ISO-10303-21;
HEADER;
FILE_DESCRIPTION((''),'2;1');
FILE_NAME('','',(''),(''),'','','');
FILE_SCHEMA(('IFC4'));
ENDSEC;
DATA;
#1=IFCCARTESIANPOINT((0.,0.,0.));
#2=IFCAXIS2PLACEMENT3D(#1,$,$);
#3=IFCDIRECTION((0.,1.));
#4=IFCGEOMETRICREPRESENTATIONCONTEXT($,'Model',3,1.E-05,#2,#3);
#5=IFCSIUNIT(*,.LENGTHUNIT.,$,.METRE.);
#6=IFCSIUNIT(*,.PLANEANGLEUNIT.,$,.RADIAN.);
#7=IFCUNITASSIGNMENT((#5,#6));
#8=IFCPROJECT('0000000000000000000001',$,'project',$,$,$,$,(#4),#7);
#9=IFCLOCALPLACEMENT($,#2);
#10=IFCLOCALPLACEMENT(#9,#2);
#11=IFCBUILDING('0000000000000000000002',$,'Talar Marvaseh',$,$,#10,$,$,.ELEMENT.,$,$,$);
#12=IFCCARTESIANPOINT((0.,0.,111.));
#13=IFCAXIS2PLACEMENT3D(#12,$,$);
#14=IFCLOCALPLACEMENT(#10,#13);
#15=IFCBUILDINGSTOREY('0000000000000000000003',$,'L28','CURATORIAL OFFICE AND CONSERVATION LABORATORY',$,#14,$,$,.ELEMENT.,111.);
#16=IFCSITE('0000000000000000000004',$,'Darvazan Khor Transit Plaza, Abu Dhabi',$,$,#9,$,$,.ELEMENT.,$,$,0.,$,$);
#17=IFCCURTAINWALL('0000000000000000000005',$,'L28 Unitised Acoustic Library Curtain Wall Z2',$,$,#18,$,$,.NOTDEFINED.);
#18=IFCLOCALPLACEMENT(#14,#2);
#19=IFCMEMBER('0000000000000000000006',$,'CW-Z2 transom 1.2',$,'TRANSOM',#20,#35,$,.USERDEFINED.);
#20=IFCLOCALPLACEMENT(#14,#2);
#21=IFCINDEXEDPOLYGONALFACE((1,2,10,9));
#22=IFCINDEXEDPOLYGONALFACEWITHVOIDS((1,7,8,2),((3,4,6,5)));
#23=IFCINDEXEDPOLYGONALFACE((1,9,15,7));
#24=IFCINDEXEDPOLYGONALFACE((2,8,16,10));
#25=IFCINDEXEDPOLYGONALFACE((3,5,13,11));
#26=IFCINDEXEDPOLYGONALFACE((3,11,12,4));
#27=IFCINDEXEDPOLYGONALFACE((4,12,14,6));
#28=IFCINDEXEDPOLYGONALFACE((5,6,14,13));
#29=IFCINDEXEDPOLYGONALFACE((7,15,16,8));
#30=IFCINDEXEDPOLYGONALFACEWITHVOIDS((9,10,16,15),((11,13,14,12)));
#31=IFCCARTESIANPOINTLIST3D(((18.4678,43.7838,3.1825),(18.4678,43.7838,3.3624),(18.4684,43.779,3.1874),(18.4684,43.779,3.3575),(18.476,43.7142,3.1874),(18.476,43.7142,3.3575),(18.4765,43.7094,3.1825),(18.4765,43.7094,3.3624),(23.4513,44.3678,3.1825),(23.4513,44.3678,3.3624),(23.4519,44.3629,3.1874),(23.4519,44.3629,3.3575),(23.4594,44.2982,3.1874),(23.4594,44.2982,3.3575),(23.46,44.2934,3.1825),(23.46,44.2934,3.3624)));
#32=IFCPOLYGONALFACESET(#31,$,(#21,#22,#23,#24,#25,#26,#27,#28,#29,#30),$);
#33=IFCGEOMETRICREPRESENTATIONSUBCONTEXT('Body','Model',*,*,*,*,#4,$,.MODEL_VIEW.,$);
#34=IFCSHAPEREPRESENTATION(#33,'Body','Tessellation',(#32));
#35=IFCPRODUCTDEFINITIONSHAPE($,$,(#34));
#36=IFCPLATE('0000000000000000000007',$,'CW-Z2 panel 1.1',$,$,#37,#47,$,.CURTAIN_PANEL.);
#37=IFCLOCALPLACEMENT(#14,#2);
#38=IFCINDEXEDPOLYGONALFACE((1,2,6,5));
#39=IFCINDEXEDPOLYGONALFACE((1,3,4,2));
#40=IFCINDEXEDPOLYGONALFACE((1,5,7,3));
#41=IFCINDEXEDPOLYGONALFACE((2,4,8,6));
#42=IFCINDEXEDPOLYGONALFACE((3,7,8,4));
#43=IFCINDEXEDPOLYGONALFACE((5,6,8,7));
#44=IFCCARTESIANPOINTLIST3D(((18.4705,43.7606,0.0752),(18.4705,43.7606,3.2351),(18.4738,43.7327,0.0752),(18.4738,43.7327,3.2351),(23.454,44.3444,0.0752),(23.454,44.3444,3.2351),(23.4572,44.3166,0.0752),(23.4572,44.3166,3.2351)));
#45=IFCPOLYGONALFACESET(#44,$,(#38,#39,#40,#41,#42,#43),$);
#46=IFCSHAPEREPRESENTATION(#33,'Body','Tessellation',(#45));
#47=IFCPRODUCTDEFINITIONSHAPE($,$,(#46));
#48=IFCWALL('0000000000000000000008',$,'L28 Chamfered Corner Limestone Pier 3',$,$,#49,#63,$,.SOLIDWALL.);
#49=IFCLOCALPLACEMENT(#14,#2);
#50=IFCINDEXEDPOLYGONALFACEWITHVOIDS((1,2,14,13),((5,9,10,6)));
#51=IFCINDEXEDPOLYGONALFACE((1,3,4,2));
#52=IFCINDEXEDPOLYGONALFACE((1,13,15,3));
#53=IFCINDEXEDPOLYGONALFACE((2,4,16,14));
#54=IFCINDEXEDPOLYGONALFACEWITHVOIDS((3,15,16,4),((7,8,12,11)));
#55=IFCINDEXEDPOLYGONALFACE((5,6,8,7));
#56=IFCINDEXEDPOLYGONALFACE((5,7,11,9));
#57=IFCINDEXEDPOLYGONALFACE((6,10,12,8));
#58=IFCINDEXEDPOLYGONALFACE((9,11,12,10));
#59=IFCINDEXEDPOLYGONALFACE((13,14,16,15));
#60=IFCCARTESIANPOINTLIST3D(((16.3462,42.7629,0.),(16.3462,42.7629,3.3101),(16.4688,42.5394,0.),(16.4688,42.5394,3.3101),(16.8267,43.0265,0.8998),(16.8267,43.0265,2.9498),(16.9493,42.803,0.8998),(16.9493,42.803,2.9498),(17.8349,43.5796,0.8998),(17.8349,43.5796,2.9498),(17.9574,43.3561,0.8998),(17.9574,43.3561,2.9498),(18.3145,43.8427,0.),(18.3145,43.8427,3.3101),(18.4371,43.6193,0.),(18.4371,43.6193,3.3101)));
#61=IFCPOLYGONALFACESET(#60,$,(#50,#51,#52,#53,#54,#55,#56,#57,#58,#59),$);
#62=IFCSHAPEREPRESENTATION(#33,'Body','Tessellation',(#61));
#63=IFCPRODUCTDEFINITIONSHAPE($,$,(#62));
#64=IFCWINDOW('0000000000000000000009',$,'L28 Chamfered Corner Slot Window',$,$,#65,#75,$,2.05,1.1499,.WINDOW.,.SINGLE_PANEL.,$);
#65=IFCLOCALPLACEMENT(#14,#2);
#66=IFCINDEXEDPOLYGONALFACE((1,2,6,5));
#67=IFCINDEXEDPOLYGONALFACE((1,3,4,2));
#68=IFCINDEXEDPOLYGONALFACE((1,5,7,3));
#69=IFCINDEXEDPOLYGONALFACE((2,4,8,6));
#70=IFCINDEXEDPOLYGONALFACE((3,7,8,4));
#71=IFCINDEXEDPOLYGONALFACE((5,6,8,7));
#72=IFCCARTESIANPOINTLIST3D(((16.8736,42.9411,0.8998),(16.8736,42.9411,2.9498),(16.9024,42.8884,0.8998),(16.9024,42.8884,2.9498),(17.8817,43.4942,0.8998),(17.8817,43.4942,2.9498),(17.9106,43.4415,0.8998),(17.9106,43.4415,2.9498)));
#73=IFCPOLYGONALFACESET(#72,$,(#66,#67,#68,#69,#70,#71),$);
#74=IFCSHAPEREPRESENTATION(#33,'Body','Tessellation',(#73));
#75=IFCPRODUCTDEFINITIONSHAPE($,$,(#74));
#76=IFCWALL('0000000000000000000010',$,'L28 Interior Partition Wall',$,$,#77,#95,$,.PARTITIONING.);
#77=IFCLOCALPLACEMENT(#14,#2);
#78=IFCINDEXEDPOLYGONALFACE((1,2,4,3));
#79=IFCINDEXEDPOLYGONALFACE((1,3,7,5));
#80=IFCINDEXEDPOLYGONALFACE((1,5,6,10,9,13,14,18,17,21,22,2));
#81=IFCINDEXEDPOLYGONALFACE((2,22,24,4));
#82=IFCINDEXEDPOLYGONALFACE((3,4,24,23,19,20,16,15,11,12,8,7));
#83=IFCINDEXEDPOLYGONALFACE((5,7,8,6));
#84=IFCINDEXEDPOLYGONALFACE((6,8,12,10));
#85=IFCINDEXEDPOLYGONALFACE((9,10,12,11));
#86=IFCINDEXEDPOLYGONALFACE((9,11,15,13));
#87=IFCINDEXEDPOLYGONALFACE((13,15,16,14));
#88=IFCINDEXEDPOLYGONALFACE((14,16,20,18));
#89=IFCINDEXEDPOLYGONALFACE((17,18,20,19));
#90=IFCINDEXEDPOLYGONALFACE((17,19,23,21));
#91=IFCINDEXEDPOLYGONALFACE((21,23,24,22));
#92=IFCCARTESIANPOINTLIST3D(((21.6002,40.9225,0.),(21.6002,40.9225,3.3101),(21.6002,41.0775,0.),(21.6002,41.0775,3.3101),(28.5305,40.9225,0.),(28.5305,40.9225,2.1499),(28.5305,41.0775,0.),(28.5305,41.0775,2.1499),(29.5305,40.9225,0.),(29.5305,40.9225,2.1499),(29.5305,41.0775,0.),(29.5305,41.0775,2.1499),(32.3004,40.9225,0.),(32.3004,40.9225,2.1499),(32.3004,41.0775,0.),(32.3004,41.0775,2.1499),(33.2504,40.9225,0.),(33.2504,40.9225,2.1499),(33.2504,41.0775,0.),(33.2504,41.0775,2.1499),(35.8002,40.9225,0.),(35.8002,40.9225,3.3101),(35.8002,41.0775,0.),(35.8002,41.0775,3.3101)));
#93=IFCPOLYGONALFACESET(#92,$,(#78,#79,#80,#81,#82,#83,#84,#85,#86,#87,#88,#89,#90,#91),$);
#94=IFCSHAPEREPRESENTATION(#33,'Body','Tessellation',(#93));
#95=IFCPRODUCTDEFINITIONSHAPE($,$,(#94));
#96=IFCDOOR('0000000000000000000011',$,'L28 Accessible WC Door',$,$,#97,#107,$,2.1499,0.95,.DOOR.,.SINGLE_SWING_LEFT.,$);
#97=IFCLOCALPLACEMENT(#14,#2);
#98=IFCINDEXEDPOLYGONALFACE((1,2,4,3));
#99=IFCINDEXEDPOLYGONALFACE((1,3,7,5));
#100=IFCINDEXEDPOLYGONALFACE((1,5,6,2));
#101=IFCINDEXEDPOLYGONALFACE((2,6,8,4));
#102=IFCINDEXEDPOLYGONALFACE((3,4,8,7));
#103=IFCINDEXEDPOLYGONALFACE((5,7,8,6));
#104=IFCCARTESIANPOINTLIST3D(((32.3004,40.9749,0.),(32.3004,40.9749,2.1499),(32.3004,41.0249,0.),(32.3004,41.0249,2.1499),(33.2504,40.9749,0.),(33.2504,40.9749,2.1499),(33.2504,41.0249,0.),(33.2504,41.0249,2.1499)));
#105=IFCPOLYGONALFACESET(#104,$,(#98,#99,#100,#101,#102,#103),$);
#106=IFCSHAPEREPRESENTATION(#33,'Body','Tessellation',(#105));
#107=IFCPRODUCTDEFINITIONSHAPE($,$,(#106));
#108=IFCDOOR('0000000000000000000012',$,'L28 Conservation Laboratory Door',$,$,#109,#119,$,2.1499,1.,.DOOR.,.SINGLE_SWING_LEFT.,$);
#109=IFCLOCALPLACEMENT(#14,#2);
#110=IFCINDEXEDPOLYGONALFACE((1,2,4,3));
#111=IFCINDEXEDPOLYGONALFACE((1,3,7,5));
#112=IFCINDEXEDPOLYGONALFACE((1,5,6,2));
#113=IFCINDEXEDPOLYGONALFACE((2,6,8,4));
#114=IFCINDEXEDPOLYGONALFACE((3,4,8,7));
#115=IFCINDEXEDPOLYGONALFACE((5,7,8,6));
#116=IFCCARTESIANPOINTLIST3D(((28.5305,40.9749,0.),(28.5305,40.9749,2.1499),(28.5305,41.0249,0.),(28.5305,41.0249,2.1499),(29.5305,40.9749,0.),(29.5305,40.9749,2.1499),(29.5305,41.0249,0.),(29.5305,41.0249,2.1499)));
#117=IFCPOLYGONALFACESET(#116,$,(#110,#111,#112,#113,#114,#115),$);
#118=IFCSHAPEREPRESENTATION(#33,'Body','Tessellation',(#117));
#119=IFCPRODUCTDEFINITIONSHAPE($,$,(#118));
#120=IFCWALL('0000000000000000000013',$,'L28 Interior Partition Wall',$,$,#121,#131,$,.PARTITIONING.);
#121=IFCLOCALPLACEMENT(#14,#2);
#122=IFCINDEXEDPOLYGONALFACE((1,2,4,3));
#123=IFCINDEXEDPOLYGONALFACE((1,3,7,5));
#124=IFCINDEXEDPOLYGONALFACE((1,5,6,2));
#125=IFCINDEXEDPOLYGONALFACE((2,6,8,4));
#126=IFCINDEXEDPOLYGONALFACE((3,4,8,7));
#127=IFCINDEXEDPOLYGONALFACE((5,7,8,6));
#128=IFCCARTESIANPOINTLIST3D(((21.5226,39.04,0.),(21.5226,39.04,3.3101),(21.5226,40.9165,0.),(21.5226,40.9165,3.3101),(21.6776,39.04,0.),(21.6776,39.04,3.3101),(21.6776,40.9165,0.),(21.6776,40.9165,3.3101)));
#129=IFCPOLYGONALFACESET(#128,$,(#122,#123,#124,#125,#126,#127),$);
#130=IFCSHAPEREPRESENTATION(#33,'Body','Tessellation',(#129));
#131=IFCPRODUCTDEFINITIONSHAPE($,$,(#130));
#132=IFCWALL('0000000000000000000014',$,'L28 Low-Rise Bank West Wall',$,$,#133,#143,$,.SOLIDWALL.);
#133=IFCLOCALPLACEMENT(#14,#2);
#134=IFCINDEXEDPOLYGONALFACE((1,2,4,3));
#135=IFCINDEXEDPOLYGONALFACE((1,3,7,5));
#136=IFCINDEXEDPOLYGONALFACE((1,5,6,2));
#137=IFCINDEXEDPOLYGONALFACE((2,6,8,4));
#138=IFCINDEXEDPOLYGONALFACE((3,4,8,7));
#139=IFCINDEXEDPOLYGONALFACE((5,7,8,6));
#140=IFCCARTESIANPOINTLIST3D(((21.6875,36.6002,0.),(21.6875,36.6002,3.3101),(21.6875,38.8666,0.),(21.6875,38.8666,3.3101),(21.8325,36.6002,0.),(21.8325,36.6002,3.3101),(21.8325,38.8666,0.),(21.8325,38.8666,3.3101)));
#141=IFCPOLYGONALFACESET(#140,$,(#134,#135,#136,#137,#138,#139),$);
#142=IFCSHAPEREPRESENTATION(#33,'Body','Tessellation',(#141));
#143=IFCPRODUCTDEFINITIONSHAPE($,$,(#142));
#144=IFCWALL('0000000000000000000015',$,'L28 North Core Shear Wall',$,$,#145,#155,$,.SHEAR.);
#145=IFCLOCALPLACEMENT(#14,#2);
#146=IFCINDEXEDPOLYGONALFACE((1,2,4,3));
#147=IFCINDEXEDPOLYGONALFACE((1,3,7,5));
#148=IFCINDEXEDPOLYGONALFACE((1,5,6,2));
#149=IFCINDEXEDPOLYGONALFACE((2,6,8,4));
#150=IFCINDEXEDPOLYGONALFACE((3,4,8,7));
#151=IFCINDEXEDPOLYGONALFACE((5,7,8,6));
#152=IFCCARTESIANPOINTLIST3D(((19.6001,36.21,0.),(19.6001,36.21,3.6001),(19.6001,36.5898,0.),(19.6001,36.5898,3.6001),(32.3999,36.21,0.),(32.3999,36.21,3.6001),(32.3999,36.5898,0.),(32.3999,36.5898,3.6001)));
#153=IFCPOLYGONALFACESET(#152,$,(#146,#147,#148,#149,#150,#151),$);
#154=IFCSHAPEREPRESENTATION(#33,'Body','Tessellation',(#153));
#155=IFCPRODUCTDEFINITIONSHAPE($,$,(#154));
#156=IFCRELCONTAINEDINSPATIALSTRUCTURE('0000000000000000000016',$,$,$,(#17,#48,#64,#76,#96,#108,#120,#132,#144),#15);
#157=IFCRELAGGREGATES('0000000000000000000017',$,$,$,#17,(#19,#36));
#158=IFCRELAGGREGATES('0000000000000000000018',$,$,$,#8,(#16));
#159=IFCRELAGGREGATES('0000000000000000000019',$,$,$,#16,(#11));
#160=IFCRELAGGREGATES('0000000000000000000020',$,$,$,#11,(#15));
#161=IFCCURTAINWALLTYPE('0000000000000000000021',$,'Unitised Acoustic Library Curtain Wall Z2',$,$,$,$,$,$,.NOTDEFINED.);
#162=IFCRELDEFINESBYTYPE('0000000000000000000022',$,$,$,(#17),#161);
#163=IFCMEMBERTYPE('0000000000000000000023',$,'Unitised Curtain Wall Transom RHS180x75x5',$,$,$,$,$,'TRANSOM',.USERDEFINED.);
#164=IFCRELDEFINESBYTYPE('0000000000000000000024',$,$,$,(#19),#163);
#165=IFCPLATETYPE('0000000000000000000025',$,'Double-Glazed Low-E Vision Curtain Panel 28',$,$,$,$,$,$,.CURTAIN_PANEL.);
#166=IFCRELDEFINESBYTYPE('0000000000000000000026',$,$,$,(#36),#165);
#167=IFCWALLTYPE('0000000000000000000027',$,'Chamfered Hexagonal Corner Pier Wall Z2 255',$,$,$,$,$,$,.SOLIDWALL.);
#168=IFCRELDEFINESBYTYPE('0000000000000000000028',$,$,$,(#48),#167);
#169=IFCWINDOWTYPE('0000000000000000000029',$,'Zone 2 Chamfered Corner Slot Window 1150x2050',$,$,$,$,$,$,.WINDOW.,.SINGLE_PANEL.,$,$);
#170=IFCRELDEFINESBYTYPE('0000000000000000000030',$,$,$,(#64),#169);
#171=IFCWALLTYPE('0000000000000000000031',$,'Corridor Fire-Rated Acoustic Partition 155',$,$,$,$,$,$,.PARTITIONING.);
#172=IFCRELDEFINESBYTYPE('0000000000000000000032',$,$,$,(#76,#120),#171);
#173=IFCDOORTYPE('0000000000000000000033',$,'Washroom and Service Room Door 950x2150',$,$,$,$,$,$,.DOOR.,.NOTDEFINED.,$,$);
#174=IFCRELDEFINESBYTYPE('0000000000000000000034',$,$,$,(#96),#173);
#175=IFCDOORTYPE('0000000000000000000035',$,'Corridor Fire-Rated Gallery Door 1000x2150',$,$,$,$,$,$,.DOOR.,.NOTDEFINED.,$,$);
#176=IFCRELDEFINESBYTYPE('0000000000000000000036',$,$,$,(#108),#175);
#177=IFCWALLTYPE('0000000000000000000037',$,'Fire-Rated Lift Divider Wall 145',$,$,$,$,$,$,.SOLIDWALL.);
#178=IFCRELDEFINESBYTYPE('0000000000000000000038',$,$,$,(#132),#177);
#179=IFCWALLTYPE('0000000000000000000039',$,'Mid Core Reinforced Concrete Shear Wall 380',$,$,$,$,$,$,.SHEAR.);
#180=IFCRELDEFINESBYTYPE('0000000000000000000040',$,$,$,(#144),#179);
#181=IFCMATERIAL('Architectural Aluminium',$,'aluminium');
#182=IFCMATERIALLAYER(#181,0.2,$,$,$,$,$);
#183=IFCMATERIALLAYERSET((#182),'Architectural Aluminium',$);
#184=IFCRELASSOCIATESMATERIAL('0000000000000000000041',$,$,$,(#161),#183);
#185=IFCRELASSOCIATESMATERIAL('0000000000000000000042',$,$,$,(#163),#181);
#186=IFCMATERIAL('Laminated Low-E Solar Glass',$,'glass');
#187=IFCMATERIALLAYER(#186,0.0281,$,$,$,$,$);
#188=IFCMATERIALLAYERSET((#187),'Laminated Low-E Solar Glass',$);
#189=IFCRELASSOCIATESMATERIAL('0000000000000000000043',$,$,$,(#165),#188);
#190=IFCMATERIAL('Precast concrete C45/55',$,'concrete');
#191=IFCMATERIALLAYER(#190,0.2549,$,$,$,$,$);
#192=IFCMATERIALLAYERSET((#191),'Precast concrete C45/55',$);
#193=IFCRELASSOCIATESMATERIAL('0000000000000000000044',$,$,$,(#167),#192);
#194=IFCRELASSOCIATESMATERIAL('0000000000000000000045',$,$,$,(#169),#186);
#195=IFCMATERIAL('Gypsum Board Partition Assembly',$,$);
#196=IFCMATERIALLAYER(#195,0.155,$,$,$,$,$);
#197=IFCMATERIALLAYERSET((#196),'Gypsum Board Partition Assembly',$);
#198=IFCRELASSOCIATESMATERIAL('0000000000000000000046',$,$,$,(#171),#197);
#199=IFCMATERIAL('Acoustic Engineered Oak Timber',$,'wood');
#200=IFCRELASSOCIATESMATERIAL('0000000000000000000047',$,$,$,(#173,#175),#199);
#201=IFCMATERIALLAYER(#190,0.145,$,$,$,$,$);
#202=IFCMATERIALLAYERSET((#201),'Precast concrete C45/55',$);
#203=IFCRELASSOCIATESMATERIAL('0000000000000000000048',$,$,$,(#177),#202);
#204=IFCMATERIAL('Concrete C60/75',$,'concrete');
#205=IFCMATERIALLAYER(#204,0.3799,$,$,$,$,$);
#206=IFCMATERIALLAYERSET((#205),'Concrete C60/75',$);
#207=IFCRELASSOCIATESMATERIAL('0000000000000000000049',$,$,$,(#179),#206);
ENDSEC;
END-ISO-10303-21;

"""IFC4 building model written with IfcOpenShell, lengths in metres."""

from ifc_helpers import new_model, si_unit, direction, frame, frame_2d, origin, origin_2d, place, context, subcontext, project, spatial, rectangle, hollow_rectangle, extrude, source, transform, mapped, material, layer, layer_set, material_profile, profile_set, type_object, type_shapes, element, fill, aggregate, save


model = new_model("IFC4")

# Units and contexts
model_context = context("Model", 3, precision=1e-05, world=origin(), true_north=direction((0.0, 1.0)))
body_context = subcontext(model_context, "Body", "Model", "MODEL_VIEW")
ifc_project = project(units=[si_unit("LENGTHUNIT", "METRE"), si_unit("PLANEANGLEUNIT", "RADIAN")], contexts=[model_context])

# Site, building, storey
site_placement = place(None, origin())
site = spatial("IfcSite", under=ifc_project, at=site_placement, Name="Darvazan Khor Transit Plaza, Abu Dhabi", CompositionType="ELEMENT", RefElevation=0.0)
building_placement = place(site_placement, origin())
building = spatial("IfcBuilding", under=site, at=building_placement, Name="Talar Marvaseh", CompositionType="ELEMENT")
storey_placement = place(building_placement, frame((0.0, 0.0, 111.0)))
storey = spatial("IfcBuildingStorey", under=building, at=storey_placement, Name="L28", Description="CURATORIAL OFFICE AND CONSERVATION LABORATORY", CompositionType="ELEMENT", Elevation=111.0)

# Shared definitions
ifc_material_1 = material(Name="Concrete C60/75", Category="concrete")

# Shared definitions
ifc_material_2 = material(Name="Architectural Aluminium", Category="aluminium")
ifc_layer_1 = layer(ifc_material_2, 0.2)
ifc_layer_set_1 = layer_set([ifc_layer_1], Name="Architectural Aluminium")
curtain_wall_type = type_object("IfcCurtainWallType", Name="Unitised Acoustic Library Curtain Wall Z2", PredefinedType="NOTDEFINED", material=ifc_layer_set_1)

# Curtain wall, member, plate
curtain_wall_1_placement = place(storey_placement, origin())
curtain_wall_1 = element("IfcCurtainWall", 1, at=curtain_wall_1_placement, inside=storey, type_object=curtain_wall_type, Name="L28 Unitised Acoustic Library Curtain Wall Z2", PredefinedType="NOTDEFINED")
ifc_material_profile_1 = material_profile(ifc_material_2, hollow_rectangle(XDim=0.075, YDim=0.1799, WallThickness=0.0049, at=origin_2d()), Name="RHS180x75x5")
ifc_profile_set_1 = profile_set([ifc_material_profile_1], Name="Architectural Aluminium")
member_type_1 = type_object("IfcMemberType", Name="Unitised Curtain Wall Transom RHS180x75x5", ElementType="TRANSOM", PredefinedType="USERDEFINED", material=ifc_profile_set_1)
shared_shape_1 = source(origin(), body_context, "Body", "SweptSolid", [
    extrude(hollow_rectangle(XDim=0.075, YDim=0.1799, WallThickness=0.0049, at=origin_2d()), origin(), (0.0, 0.0, 1.0), 5.0176),
])
type_shapes(member_type_1, [shared_shape_1])
member_1_placement = place(storey_placement, frame((18.4722, 43.7466, 3.2725), z_axis=(0.993204, 0.11639, 0.0), x_axis=(-0.11639, 0.993204, 0.0)))
member_1 = element("IfcMember", 2, at=member_1_placement, type_object=member_type_1, Name="CW-Z2 transom 1.2", ObjectType="TRANSOM", PredefinedType="USERDEFINED", context=body_context, shape_type="MappedRepresentation", body=[
    mapped(shared_shape_1, transform((0.0, 0.0, 0.0), x_axis=(1.0, 0.0, 0.0), y_axis=(0.0, 1.0, 0.0), z_axis=(0.0, 0.0, 1.0), scale=1.0)),
])
ifc_material_3 = material(Name="Laminated Low-E Solar Glass", Category="glass")
ifc_layer_2 = layer(ifc_material_3, 0.0281)
ifc_layer_set_2 = layer_set([ifc_layer_2], Name="Laminated Low-E Solar Glass")
plate_type = type_object("IfcPlateType", Name="Double-Glazed Low-E Vision Curtain Panel 28", PredefinedType="CURTAIN_PANEL", material=ifc_layer_set_2)
shared_shape_2 = source(origin(), body_context, "Body", "SweptSolid", [
    extrude(rectangle(XDim=5.0176, YDim=0.0281, at=origin_2d()), origin(), (0.0, 0.0, 1.0), 3.1599),
])
type_shapes(plate_type, [shared_shape_2])
plate_placement = place(storey_placement, frame((20.9639, 44.0386, 0.0752), z_axis=(0.0, 0.0, 1.0), x_axis=(0.993207, 0.11636, 0.0)))
plate = element("IfcPlate", 3, at=plate_placement, type_object=plate_type, Name="CW-Z2 panel 1.1", PredefinedType="CURTAIN_PANEL", context=body_context, shape_type="MappedRepresentation", body=[
    mapped(shared_shape_2, transform((0.0, 0.0, 0.0), x_axis=(1.0, 0.0, 0.0), y_axis=(0.0, 1.0, 0.0), z_axis=(0.0, 0.0, 1.0), scale=1.0)),
])
aggregate(curtain_wall_1, [member_1, plate])

# Wall, opening, window
ifc_material_4 = material(Name="Precast concrete C45/55", Category="concrete")
ifc_layer_3 = layer(ifc_material_4, 0.2549)
ifc_layer_set_3 = layer_set([ifc_layer_3], Name="Precast concrete C45/55")
wall_type_1 = type_object("IfcWallType", Name="Chamfered Hexagonal Corner Pier Wall Z2 255", PredefinedType="SOLIDWALL", material=ifc_layer_set_3)
wall_1_placement = place(storey_placement, frame((16.4075, 42.6511, 0.0), z_axis=(0.0, 0.0, 1.0), x_axis=(0.876725, 0.480992, 0.0)))
wall_1 = element("IfcWall", 4, at=wall_1_placement, inside=storey, type_object=wall_type_1, Name="L28 Chamfered Corner Limestone Pier 3", PredefinedType="SOLIDWALL", context=body_context, shape_type="SweptSolid", body=[
    extrude(rectangle(XDim=2.2451, YDim=0.2549, at=frame_2d((1.1226, 0.0))), origin(), (0.0, 0.0, 1.0), 3.3101),
])
opening_1_placement = place(wall_1_placement, frame((0.5481, 0.0, 0.8999)))
opening_1 = element("IfcOpeningElement", 5, at=opening_1_placement, cuts=wall_1, PredefinedType="OPENING", context=body_context, shape_type="SweptSolid", body=[
    extrude(rectangle(XDim=1.1499, YDim=2.05, at=frame_2d((0.575, 1.0249))), frame((0.0, 0.1375, 0.0), z_axis=(0.0, -1.0, 0.0), x_axis=(1.0, 0.0, 0.0)), (0.0, 0.0, 1.0), 0.2749),
])
window_type = type_object("IfcWindowType", Name="Zone 2 Chamfered Corner Slot Window 1150x2050", PartitioningType="SINGLE_PANEL", PredefinedType="WINDOW", material=ifc_material_3)
shared_shape_3 = source(origin(), body_context, "Body", "SweptSolid", [
    extrude(rectangle(XDim=1.1499, YDim=2.05, at=frame_2d((0.575, 1.0249))), frame((0.0, 0.03, 0.0), z_axis=(0.0, -1.0, 0.0), x_axis=(1.0, 0.0, 0.0)), (0.0, 0.0, 1.0), 0.0601),
])
type_shapes(window_type, [shared_shape_3])
window_placement = place(opening_1_placement, origin())
window = element("IfcWindow", 6, at=window_placement, inside=storey, type_object=window_type, Name="L28 Chamfered Corner Slot Window", OverallHeight=2.05, OverallWidth=1.1499, PartitioningType="SINGLE_PANEL", PredefinedType="WINDOW", context=body_context, shape_type="MappedRepresentation", body=[
    mapped(shared_shape_3, transform((0.0, 0.0, 0.0), x_axis=(1.0, 0.0, 0.0), y_axis=(0.0, 1.0, 0.0), z_axis=(0.0, 0.0, 1.0), scale=1.0)),
])
fill(opening_1, window)

# Wall, openings, doors
ifc_material_5 = material(Name="Gypsum Board Partition Assembly")
ifc_layer_4 = layer(ifc_material_5, 0.155)
ifc_layer_set_4 = layer_set([ifc_layer_4], Name="Gypsum Board Partition Assembly")
wall_type_2 = type_object("IfcWallType", Name="Corridor Fire-Rated Acoustic Partition 155", PredefinedType="PARTITIONING", material=ifc_layer_set_4)
wall_2_placement = place(storey_placement, frame((21.6001, 41.0, 0.0), z_axis=(0.0, 0.0, 1.0), x_axis=(1.0, 0.0, 0.0)))
wall_2 = element("IfcWall", 7, at=wall_2_placement, inside=storey, type_object=wall_type_2, Name="L28 Interior Partition Wall", PredefinedType="PARTITIONING", context=body_context, shape_type="SweptSolid", body=[
    extrude(rectangle(XDim=14.2, YDim=0.155, at=frame_2d((7.1001, 0.0))), origin(), (0.0, 0.0, 1.0), 3.3101),
])
opening_2_placement = place(wall_2_placement, frame((10.7002, 0.0, 0.0)))
opening_2 = element("IfcOpeningElement", 8, at=opening_2_placement, cuts=wall_2, PredefinedType="OPENING", context=body_context, shape_type="SweptSolid", body=[
    extrude(rectangle(XDim=0.95, YDim=2.1499, at=frame_2d((0.4751, 1.075))), frame((0.0, 0.0874, 0.0), z_axis=(0.0, -1.0, 0.0), x_axis=(1.0, 0.0, 0.0)), (0.0, 0.0, 1.0), 0.175),
])
opening_3_placement = place(wall_2_placement, frame((6.9304, 0.0, 0.0)))
opening_3 = element("IfcOpeningElement", 9, at=opening_3_placement, cuts=wall_2, PredefinedType="OPENING", context=body_context, shape_type="SweptSolid", body=[
    extrude(rectangle(XDim=1.0, YDim=2.1499, at=frame_2d((0.5, 1.075))), frame((0.0, 0.0874, 0.0), z_axis=(0.0, -1.0, 0.0), x_axis=(1.0, 0.0, 0.0)), (0.0, 0.0, 1.0), 0.175),
])
ifc_material_6 = material(Name="Acoustic Engineered Oak Timber", Category="wood")
door_type_1 = type_object("IfcDoorType", Name="Washroom and Service Room Door 950x2150", OperationType="NOTDEFINED", PredefinedType="DOOR", material=ifc_material_6)
shared_shape_4 = source(origin(), body_context, "Body", "SweptSolid", [
    extrude(rectangle(XDim=0.95, YDim=2.1499, at=frame_2d((0.4751, 1.075))), frame((0.0, 0.0249, 0.0), z_axis=(0.0, -1.0, 0.0), x_axis=(1.0, 0.0, 0.0)), (0.0, 0.0, 1.0), 0.05),
])
type_shapes(door_type_1, [shared_shape_4])
door_1_placement = place(opening_2_placement, origin())
door_1 = element("IfcDoor", 10, at=door_1_placement, inside=storey, type_object=door_type_1, Name="L28 Accessible WC Door", OperationType="SINGLE_SWING_LEFT", OverallHeight=2.1499, OverallWidth=0.95, PredefinedType="DOOR", context=body_context, shape_type="MappedRepresentation", body=[
    mapped(shared_shape_4, transform((0.0, 0.0, 0.0), x_axis=(1.0, 0.0, 0.0), y_axis=(0.0, 1.0, 0.0), z_axis=(0.0, 0.0, 1.0), scale=1.0)),
])
fill(opening_2, door_1)
door_type_2 = type_object("IfcDoorType", Name="Corridor Fire-Rated Gallery Door 1000x2150", OperationType="NOTDEFINED", PredefinedType="DOOR", material=ifc_material_6)
shared_shape_5 = source(origin(), body_context, "Body", "SweptSolid", [
    extrude(rectangle(XDim=1.0, YDim=2.1499, at=frame_2d((0.5, 1.075))), frame((0.0, 0.0249, 0.0), z_axis=(0.0, -1.0, 0.0), x_axis=(1.0, 0.0, 0.0)), (0.0, 0.0, 1.0), 0.05),
])
type_shapes(door_type_2, [shared_shape_5])
door_2_placement = place(opening_3_placement, origin())
door_2 = element("IfcDoor", 11, at=door_2_placement, inside=storey, type_object=door_type_2, Name="L28 Conservation Laboratory Door", OperationType="SINGLE_SWING_LEFT", OverallHeight=2.1499, OverallWidth=1.0, PredefinedType="DOOR", context=body_context, shape_type="MappedRepresentation", body=[
    mapped(shared_shape_5, transform((0.0, 0.0, 0.0), x_axis=(1.0, 0.0, 0.0), y_axis=(0.0, 1.0, 0.0), z_axis=(0.0, 0.0, 1.0), scale=1.0)),
])
fill(opening_3, door_2)

# Walls
wall_3_placement = place(storey_placement, frame((21.6001, 39.04, 0.0), z_axis=(0.0, 0.0, 1.0), x_axis=(0.0, 1.0, 0.0)))
element("IfcWall", 12, at=wall_3_placement, inside=storey, type_object=wall_type_2, Name="L28 Interior Partition Wall", PredefinedType="PARTITIONING", context=body_context, shape_type="SweptSolid", body=[
    extrude(rectangle(XDim=1.8765, YDim=0.155, at=frame_2d((0.9382, 0.0))), origin(), (0.0, 0.0, 1.0), 3.3101),
])
ifc_layer_5 = layer(ifc_material_4, 0.145)
ifc_layer_set_5 = layer_set([ifc_layer_5], Name="Precast concrete C45/55")
wall_type_3 = type_object("IfcWallType", Name="Fire-Rated Lift Divider Wall 145", PredefinedType="SOLIDWALL", material=ifc_layer_set_5)
wall_4_placement = place(storey_placement, frame((21.76, 36.6001, 0.0), z_axis=(0.0, 0.0, 1.0), x_axis=(0.0, 1.0, 0.0)))
element("IfcWall", 13, at=wall_4_placement, inside=storey, type_object=wall_type_3, Name="L28 Low-Rise Bank West Wall", PredefinedType="SOLIDWALL", context=body_context, shape_type="SweptSolid", body=[
    extrude(rectangle(XDim=2.2664, YDim=0.145, at=frame_2d((1.1333, 0.0))), origin(), (0.0, 0.0, 1.0), 3.3101),
])

# Wall
ifc_layer_6 = layer(ifc_material_1, 0.3799)
ifc_layer_set_6 = layer_set([ifc_layer_6], Name="Concrete C60/75")
wall_type_4 = type_object("IfcWallType", Name="Mid Core Reinforced Concrete Shear Wall 380", PredefinedType="SHEAR", material=ifc_layer_set_6)
wall_5_placement = place(storey_placement, frame((19.6001, 36.3999, 0.0), z_axis=(0.0, 0.0, 1.0), x_axis=(1.0, 0.0, 0.0)))
element("IfcWall", 14, at=wall_5_placement, inside=storey, type_object=wall_type_4, Name="L28 North Core Shear Wall", PredefinedType="SHEAR", context=body_context, shape_type="SweptSolid", body=[
    extrude(rectangle(XDim=12.7998, YDim=0.3799, at=frame_2d((6.3999, 0.0))), origin(), (0.0, 0.0, 1.0), 3.6001),
])

save(model, "model.ifc")
